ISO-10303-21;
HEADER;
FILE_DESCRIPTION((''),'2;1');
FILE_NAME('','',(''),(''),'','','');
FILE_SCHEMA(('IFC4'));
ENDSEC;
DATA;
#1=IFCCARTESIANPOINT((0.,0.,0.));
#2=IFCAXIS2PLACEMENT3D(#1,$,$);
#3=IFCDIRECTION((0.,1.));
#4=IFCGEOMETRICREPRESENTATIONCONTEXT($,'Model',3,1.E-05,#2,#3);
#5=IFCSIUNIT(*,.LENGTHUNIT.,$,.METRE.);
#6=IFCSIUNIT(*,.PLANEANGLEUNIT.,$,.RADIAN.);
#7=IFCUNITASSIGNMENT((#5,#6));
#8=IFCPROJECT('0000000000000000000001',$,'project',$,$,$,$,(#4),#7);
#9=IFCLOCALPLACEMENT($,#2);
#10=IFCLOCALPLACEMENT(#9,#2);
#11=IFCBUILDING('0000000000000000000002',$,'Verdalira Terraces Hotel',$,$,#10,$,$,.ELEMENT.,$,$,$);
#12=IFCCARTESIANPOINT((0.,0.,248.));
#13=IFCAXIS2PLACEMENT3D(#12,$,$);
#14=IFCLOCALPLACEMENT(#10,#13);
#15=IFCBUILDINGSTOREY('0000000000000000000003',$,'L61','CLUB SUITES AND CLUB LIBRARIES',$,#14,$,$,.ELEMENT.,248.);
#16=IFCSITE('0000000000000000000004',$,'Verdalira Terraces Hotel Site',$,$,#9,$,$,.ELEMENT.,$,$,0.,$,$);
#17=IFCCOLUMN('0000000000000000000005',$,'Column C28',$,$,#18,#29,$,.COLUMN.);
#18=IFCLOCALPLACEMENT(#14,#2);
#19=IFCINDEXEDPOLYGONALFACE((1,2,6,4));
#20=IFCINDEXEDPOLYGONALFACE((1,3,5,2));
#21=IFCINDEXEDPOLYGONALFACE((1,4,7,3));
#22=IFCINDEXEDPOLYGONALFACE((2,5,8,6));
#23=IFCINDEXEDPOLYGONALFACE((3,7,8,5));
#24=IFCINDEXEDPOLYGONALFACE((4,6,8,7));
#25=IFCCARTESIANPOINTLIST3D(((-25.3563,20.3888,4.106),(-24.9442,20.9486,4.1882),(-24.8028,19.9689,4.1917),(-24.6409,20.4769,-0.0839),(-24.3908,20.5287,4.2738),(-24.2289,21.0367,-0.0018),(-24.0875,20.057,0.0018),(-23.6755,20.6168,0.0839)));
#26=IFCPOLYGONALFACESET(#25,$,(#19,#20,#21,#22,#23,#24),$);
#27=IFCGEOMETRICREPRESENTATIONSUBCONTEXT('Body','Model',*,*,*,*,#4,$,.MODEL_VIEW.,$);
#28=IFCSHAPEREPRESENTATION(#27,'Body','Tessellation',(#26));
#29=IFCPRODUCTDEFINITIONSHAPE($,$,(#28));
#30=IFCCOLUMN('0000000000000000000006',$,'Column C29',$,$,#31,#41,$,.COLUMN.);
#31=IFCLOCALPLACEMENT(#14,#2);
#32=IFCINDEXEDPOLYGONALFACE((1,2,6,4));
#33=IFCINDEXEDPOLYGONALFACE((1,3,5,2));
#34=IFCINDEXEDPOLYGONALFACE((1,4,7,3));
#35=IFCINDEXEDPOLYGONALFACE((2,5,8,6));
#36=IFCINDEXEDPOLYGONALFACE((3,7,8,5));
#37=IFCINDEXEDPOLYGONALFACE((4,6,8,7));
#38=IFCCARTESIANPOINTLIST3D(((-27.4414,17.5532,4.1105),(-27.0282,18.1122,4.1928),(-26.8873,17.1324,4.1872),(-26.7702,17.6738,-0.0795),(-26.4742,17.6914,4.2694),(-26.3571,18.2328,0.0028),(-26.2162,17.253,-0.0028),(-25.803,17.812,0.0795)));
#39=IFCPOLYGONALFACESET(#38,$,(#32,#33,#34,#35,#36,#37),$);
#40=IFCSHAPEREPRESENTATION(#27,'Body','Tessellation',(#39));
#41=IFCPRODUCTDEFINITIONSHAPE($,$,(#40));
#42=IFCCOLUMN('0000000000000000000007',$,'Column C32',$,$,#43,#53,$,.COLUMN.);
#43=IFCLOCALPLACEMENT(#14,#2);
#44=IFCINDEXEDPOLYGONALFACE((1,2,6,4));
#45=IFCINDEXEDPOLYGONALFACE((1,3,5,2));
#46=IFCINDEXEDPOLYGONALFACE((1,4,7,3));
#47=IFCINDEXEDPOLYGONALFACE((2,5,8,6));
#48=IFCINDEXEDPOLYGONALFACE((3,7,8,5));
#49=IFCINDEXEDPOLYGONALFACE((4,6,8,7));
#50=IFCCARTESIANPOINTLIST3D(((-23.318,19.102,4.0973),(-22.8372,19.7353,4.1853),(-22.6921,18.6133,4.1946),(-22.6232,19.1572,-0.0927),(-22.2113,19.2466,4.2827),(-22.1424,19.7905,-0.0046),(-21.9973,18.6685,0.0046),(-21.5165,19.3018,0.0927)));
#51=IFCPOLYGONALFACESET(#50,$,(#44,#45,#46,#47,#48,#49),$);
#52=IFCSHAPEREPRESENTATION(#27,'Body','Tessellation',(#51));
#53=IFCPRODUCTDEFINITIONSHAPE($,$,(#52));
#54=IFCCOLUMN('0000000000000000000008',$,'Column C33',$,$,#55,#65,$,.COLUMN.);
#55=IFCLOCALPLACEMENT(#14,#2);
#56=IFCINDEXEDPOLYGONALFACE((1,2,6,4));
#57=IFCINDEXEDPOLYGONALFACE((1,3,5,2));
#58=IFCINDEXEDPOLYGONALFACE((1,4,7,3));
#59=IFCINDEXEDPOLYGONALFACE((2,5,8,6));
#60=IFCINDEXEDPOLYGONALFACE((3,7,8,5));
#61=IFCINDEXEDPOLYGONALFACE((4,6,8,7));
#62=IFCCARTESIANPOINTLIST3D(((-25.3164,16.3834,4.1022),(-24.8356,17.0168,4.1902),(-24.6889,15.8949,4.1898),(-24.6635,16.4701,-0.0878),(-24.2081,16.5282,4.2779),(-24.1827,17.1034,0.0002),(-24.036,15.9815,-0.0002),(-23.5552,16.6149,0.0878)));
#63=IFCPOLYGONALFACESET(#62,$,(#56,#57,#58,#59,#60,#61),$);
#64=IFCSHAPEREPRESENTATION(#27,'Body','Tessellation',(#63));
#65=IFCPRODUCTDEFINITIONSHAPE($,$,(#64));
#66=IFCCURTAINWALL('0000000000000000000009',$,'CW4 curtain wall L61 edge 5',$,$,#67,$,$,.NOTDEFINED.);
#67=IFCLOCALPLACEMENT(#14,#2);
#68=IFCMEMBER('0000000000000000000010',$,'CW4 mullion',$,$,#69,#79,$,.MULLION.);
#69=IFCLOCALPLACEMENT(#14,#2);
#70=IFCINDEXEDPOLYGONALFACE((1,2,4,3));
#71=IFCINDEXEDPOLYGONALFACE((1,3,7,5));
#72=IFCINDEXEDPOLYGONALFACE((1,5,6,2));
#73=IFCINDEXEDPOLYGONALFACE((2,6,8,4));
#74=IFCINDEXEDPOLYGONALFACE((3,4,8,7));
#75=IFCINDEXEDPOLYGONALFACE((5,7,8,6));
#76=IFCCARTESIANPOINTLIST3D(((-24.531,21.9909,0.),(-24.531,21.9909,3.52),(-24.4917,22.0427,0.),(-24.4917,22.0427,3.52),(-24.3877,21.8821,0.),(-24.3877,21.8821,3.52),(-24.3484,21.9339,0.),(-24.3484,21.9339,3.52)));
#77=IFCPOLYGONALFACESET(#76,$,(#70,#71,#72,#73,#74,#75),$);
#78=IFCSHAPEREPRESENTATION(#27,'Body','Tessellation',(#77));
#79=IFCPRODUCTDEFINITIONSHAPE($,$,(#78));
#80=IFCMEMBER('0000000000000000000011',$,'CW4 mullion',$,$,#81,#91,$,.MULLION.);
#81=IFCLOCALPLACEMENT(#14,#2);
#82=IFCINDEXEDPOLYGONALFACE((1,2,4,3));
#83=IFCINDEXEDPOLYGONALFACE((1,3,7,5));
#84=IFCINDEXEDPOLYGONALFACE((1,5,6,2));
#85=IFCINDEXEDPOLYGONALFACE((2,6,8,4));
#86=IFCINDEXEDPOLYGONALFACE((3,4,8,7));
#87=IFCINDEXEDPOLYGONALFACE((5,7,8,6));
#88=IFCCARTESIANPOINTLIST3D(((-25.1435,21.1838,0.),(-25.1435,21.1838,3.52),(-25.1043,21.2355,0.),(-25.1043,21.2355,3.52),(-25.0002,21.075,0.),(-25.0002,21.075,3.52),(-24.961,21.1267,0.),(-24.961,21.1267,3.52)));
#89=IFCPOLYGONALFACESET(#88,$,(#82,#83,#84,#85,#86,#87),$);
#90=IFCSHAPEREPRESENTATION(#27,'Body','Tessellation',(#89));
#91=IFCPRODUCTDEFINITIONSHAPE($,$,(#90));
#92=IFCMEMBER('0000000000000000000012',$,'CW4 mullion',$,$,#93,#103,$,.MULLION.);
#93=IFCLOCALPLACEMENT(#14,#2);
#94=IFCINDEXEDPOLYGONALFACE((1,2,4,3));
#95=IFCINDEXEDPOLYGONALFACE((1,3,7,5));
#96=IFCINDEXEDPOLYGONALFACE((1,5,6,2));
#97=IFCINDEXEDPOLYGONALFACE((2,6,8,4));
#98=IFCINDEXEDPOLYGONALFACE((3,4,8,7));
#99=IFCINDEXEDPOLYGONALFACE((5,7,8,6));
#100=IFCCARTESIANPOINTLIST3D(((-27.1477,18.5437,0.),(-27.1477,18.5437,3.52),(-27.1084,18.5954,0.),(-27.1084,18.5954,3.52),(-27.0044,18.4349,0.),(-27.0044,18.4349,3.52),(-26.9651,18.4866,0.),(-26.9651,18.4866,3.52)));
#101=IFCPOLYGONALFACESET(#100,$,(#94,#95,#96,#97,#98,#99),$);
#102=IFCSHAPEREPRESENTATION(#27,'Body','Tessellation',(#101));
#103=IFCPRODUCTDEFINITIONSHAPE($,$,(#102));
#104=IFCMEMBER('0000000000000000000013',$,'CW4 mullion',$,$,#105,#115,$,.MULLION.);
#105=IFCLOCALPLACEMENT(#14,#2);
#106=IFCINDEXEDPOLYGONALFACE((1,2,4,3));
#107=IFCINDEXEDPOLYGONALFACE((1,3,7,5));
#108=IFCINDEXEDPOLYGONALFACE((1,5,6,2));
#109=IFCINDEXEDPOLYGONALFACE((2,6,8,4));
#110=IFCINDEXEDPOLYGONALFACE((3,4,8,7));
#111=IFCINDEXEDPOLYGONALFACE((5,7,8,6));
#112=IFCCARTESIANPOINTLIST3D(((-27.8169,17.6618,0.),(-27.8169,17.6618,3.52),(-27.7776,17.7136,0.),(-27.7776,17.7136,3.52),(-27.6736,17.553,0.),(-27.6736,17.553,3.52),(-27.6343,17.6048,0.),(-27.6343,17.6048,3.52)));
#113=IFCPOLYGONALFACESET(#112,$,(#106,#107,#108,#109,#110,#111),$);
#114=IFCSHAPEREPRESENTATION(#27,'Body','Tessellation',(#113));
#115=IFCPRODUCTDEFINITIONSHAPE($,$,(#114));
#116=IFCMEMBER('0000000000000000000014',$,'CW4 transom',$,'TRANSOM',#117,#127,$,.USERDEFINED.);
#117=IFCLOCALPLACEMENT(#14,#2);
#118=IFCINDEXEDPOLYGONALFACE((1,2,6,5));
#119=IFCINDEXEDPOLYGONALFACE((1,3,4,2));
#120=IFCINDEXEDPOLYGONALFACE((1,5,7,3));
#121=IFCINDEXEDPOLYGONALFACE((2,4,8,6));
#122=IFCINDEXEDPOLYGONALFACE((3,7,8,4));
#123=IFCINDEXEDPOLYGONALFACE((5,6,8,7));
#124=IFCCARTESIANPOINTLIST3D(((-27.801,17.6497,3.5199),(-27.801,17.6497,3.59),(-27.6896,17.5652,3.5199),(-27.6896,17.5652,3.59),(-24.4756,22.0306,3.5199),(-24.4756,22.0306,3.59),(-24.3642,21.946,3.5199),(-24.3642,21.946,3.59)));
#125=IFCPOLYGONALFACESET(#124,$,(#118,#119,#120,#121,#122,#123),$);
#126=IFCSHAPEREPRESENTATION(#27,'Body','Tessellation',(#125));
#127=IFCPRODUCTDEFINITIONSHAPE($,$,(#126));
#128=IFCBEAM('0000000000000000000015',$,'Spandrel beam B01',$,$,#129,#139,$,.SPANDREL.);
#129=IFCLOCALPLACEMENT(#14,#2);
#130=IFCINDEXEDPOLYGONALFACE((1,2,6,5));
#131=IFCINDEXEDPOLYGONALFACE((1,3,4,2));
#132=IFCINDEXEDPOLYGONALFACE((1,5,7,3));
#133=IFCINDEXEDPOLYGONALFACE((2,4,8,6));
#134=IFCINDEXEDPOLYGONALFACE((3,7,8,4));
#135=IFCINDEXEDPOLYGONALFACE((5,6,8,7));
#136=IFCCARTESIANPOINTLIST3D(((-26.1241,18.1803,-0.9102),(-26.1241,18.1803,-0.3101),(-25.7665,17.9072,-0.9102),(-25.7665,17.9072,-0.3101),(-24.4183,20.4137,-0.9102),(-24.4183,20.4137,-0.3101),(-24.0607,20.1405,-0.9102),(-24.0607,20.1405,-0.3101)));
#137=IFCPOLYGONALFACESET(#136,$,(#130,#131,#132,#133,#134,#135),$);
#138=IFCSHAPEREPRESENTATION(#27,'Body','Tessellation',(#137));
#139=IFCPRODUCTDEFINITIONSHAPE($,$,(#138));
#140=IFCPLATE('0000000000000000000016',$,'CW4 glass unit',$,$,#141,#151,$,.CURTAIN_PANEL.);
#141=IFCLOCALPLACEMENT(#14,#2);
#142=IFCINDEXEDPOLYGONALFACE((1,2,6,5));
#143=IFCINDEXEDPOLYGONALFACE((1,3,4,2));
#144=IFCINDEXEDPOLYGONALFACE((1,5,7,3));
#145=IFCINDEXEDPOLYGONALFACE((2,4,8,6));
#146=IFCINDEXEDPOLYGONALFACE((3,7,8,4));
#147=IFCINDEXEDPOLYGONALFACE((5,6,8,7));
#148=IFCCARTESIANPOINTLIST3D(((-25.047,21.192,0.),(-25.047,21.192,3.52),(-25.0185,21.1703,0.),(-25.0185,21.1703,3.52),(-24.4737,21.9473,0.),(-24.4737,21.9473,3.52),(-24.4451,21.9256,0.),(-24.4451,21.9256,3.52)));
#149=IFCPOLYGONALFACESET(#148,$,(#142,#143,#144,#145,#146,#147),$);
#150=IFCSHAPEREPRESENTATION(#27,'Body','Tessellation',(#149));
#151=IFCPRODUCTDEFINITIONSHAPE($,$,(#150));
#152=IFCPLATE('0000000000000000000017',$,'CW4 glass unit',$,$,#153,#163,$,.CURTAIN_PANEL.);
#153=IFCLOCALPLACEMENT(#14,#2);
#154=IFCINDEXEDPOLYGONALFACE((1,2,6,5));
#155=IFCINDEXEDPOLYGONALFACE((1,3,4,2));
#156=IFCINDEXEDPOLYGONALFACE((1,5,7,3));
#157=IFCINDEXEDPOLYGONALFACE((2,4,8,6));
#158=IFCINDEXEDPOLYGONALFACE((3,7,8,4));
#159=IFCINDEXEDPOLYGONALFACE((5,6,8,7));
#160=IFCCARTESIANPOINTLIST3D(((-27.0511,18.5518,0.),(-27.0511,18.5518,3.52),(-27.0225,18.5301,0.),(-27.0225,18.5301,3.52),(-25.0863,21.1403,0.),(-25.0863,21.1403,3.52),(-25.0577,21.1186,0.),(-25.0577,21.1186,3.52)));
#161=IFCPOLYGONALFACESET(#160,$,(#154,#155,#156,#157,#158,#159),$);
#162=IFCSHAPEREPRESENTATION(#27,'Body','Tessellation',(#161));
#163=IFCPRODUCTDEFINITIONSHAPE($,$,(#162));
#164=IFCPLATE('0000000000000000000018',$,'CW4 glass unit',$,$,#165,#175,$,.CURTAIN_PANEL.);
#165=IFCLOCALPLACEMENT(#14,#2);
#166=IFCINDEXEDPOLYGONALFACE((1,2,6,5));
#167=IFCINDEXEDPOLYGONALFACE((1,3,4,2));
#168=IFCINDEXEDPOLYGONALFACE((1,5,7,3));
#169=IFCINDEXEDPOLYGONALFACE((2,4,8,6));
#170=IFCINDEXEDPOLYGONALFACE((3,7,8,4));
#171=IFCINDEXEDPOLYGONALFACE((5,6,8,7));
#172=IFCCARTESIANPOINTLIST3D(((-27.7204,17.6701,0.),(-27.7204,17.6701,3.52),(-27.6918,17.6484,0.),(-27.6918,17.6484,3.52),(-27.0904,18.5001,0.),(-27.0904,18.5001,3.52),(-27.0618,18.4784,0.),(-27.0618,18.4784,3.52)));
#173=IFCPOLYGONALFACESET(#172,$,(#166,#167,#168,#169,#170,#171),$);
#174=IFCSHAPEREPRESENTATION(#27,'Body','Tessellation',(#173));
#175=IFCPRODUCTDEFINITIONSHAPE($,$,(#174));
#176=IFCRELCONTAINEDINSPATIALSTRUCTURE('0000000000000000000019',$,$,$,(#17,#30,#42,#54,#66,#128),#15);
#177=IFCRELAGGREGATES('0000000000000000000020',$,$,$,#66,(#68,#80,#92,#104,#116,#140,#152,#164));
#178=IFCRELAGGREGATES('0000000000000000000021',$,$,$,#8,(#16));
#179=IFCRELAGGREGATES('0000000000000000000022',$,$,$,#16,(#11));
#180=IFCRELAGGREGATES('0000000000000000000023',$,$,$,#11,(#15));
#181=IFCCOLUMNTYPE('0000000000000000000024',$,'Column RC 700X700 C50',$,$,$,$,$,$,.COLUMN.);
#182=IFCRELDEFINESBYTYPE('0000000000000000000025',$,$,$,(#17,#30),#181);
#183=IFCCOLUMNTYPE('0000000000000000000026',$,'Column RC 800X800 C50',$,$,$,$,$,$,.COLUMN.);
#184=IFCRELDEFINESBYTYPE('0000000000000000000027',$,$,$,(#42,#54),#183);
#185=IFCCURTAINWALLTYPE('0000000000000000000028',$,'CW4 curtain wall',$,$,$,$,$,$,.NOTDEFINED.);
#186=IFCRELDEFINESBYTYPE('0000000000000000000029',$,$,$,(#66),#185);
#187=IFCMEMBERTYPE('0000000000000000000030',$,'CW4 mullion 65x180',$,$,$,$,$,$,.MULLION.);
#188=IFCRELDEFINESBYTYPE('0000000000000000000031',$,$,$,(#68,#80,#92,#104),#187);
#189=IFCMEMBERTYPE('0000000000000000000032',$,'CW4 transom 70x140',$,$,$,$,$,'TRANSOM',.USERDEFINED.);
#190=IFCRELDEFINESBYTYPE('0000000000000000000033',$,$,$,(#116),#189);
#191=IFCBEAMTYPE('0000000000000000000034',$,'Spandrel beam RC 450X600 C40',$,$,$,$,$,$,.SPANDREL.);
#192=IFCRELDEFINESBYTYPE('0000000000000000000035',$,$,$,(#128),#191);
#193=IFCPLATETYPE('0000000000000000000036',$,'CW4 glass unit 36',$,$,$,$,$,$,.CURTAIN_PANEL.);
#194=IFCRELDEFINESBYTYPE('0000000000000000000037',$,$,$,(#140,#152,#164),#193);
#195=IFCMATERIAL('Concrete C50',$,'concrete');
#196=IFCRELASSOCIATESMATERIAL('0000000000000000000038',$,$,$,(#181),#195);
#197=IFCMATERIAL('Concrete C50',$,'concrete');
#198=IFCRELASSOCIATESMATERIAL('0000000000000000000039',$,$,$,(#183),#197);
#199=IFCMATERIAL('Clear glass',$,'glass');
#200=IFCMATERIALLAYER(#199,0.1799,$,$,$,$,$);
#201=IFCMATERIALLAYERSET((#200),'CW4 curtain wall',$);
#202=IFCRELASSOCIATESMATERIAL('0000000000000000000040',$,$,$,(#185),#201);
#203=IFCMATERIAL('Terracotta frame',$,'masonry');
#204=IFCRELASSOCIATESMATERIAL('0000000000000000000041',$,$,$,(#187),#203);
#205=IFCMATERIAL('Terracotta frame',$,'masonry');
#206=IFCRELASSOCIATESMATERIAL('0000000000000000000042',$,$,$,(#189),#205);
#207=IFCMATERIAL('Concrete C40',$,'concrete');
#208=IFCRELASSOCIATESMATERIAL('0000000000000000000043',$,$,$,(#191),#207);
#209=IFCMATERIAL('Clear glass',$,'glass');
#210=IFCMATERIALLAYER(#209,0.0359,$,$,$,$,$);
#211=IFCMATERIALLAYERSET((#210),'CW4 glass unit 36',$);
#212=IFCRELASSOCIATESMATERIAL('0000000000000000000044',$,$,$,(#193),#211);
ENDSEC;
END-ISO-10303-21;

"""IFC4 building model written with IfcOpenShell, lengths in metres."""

from ifc_helpers import new_model, si_unit, direction, frame, origin, origin_2d, place, context, subcontext, project, spatial, rectangle, extrude, material, layer, layer_set, material_profile, profile_set, type_object, element, aggregate, save


model = new_model("IFC4")

# Units and contexts
model_context = context("Model", 3, precision=1e-05, world=origin(), true_north=direction((0.0, 1.0)))
body_context = subcontext(model_context, "Body", "Model", "MODEL_VIEW")
ifc_project = project(units=[si_unit("LENGTHUNIT", "METRE"), si_unit("PLANEANGLEUNIT", "RADIAN")], contexts=[model_context])

# Site, building, storey
site_placement = place(None, origin())
site = spatial("IfcSite", under=ifc_project, at=site_placement, Name="Verdalira Terraces Hotel Site", CompositionType="ELEMENT", RefElevation=0.0)
building_placement = place(site_placement, origin())
building = spatial("IfcBuilding", under=site, at=building_placement, Name="Verdalira Terraces Hotel", CompositionType="ELEMENT")
storey_placement = place(building_placement, frame((0.0, 0.0, 248.0)))
storey = spatial("IfcBuildingStorey", under=building, at=storey_placement, Name="L61", Description="CLUB SUITES AND CLUB LIBRARIES", CompositionType="ELEMENT", Elevation=248.0)

# Columns
ifc_material_1 = material(Name="Concrete C50", Category="concrete")
ifc_material_profile_1 = material_profile(ifc_material_1, rectangle(XDim=0.7, YDim=0.7, at=origin_2d()), Name="RC 700X700")
ifc_profile_set_1 = profile_set([ifc_material_profile_1], Name="Concrete C50")
column_type_1 = type_object("IfcColumnType", Name="Column RC 700X700 C50", PredefinedType="COLUMN", material=ifc_profile_set_1)
column_1_placement = place(storey_placement, frame((-24.1582, 20.5469, 0.0), z_axis=(-0.168255, -0.02073, 0.985526), x_axis=(-0.588684, -0.799803, -0.117327)))
element("IfcColumn", 1, at=column_1_placement, inside=storey, type_object=column_type_1, Name="Column C28", PredefinedType="COLUMN", context=body_context, shape_type="SweptSolid", body=[
    extrude(rectangle(XDim=0.7, YDim=0.7, at=origin_2d()), origin(), (0.0, 0.0, 1.0), 4.2515),
])
column_2_placement = place(storey_placement, frame((-26.2866, 17.7429, 0.0), z_axis=(-0.158099, -0.028411, 0.987014), x_axis=(-0.590272, -0.798601, -0.117537)))
element("IfcColumn", 2, at=column_2_placement, inside=storey, type_object=column_type_1, Name="Column C29", PredefinedType="COLUMN", context=body_context, shape_type="SweptSolid", body=[
    extrude(rectangle(XDim=0.7, YDim=0.7, at=origin_2d()), origin(), (0.0, 0.0, 1.0), 4.2451),
])
ifc_material_2 = material(Name="Concrete C50", Category="concrete")
ifc_material_profile_2 = material_profile(ifc_material_2, rectangle(XDim=0.8, YDim=0.8, at=origin_2d()), Name="RC 800X800")
ifc_profile_set_2 = profile_set([ifc_material_profile_2], Name="Concrete C50")
column_type_2 = type_object("IfcColumnType", Name="Column RC 800X800 C50", PredefinedType="COLUMN", material=ifc_profile_set_2)
column_3_placement = place(storey_placement, frame((-22.0698, 19.2295, 0.0), z_axis=(-0.163583, -0.01299, 0.986444), x_axis=(-0.782352, 0.610832, -0.121695)))
element("IfcColumn", 3, at=column_3_placement, inside=storey, type_object=column_type_2, Name="Column C32", PredefinedType="COLUMN", context=body_context, shape_type="SweptSolid", body=[
    extrude(rectangle(XDim=0.8, YDim=0.8, at=origin_2d()), origin(), (0.0, 0.0, 1.0), 4.2476),
])
column_4_placement = place(storey_placement, frame((-24.1094, 16.5425, 0.0), z_axis=(-0.15392, -0.020434, 0.987872), x_axis=(-0.784314, 0.610611, -0.109573)))
element("IfcColumn", 4, at=column_4_placement, inside=storey, type_object=column_type_2, Name="Column C33", PredefinedType="COLUMN", context=body_context, shape_type="SweptSolid", body=[
    extrude(rectangle(XDim=0.8, YDim=0.8, at=origin_2d()), origin(), (0.0, 0.0, 1.0), 4.2415),
])

# Curtain wall, members
ifc_material_3 = material(Name="Clear glass", Category="glass")
ifc_layer_1 = layer(ifc_material_3, 0.1799)
ifc_layer_set_1 = layer_set([ifc_layer_1], Name="CW4 curtain wall")
curtain_wall_type = type_object("IfcCurtainWallType", Name="CW4 curtain wall", PredefinedType="NOTDEFINED", material=ifc_layer_set_1)
curtain_wall_placement = place(storey_placement, origin())
curtain_wall = element("IfcCurtainWall", 5, at=curtain_wall_placement, inside=storey, type_object=curtain_wall_type, Name="CW4 curtain wall L61 edge 5", PredefinedType="NOTDEFINED")
ifc_material_4 = material(Name="Terracotta frame", Category="masonry")
ifc_material_profile_3 = material_profile(ifc_material_4, rectangle(XDim=0.0649, YDim=0.1799, at=origin_2d()), Name="MU 65x180")
ifc_profile_set_3 = profile_set([ifc_material_profile_3], Name="Terracotta frame")
member_type_1 = type_object("IfcMemberType", Name="CW4 mullion 65x180", PredefinedType="MULLION", material=ifc_profile_set_3)
member_1_placement = place(storey_placement, frame((-24.4397, 21.9624, 0.0), z_axis=(0.0, 0.0, 1.0), x_axis=(-0.604599, -0.79653, 0.0)))
member_1 = element("IfcMember", 6, at=member_1_placement, type_object=member_type_1, Name="CW4 mullion", PredefinedType="MULLION", context=body_context, shape_type="SweptSolid", body=[
    extrude(rectangle(XDim=0.0649, YDim=0.1799, at=origin_2d()), origin(), (0.0, 0.0, 1.0), 3.52),
])
member_2_placement = place(storey_placement, frame((-25.0522, 21.1553, 0.0), z_axis=(0.0, 0.0, 1.0), x_axis=(-0.604599, -0.79653, 0.0)))
member_2 = element("IfcMember", 7, at=member_2_placement, type_object=member_type_1, Name="CW4 mullion", PredefinedType="MULLION", context=body_context, shape_type="SweptSolid", body=[
    extrude(rectangle(XDim=0.0649, YDim=0.1799, at=origin_2d()), origin(), (0.0, 0.0, 1.0), 3.52),
])
member_3_placement = place(storey_placement, frame((-27.0564, 18.5151, 0.0), z_axis=(0.0, 0.0, 1.0), x_axis=(-0.604599, -0.79653, 0.0)))
member_3 = element("IfcMember", 8, at=member_3_placement, type_object=member_type_1, Name="CW4 mullion", PredefinedType="MULLION", context=body_context, shape_type="SweptSolid", body=[
    extrude(rectangle(XDim=0.0649, YDim=0.1799, at=origin_2d()), origin(), (0.0, 0.0, 1.0), 3.52),
])
member_4_placement = place(storey_placement, frame((-27.7256, 17.6333, 0.0), z_axis=(0.0, 0.0, 1.0), x_axis=(-0.604599, -0.79653, 0.0)))
member_4 = element("IfcMember", 9, at=member_4_placement, type_object=member_type_1, Name="CW4 mullion", PredefinedType="MULLION", context=body_context, shape_type="SweptSolid", body=[
    extrude(rectangle(XDim=0.0649, YDim=0.1799, at=origin_2d()), origin(), (0.0, 0.0, 1.0), 3.52),
])
ifc_material_5 = material(Name="Terracotta frame", Category="masonry")
ifc_material_profile_4 = material_profile(ifc_material_5, rectangle(XDim=0.1399, YDim=0.0701, at=origin_2d()), Name="TR 70x140")
ifc_profile_set_4 = profile_set([ifc_material_profile_4], Name="Terracotta frame")
member_type_2 = type_object("IfcMemberType", Name="CW4 transom 70x140", ElementType="TRANSOM", PredefinedType="USERDEFINED", material=ifc_profile_set_4)
member_5_placement = place(storey_placement, frame((-24.4199, 21.9883, 3.5549), z_axis=(-0.604621, -0.796514, 0.0), x_axis=(0.796514, -0.604621, 0.0)))
member_5 = element("IfcMember", 10, at=member_5_placement, type_object=member_type_2, Name="CW4 transom", ObjectType="TRANSOM", PredefinedType="USERDEFINED", context=body_context, shape_type="SweptSolid", body=[
    extrude(rectangle(XDim=0.1399, YDim=0.0701, at=origin_2d()), origin(), (0.0, 0.0, 1.0), 5.5),
])

# Beam
ifc_material_6 = material(Name="Concrete C40", Category="concrete")
ifc_material_profile_5 = material_profile(ifc_material_6, rectangle(XDim=0.45, YDim=0.6001, at=origin_2d()), Name="RC 450X600")
ifc_profile_set_5 = profile_set([ifc_material_profile_5], Name="Concrete C40")
beam_type = type_object("IfcBeamType", Name="Spandrel beam RC 450X600 C40", PredefinedType="SPANDREL", material=ifc_profile_set_5)
beam_placement = place(storey_placement, frame((-24.2395, 20.2771, -0.6101), z_axis=(-0.606982, -0.794715, 0.0), x_axis=(0.794715, -0.606982, 0.0)))
element("IfcBeam", 11, at=beam_placement, inside=storey, type_object=beam_type, Name="Spandrel beam B01", PredefinedType="SPANDREL", context=body_context, shape_type="SweptSolid", body=[
    extrude(rectangle(XDim=0.45, YDim=0.6001, at=origin_2d()), origin(), (0.0, 0.0, 1.0), 2.8103),
])

# Plates
ifc_material_7 = material(Name="Clear glass", Category="glass")
ifc_layer_2 = layer(ifc_material_7, 0.0359)
ifc_layer_set_2 = layer_set([ifc_layer_2], Name="CW4 glass unit 36")
plate_type = type_object("IfcPlateType", Name="CW4 glass unit 36", PredefinedType="CURTAIN_PANEL", material=ifc_layer_set_2)
plate_1_placement = place(storey_placement, frame((-24.7461, 21.5588, 0.0), z_axis=(0.0, 0.0, 1.0), x_axis=(-0.604599, -0.79653, 0.0)))
plate_1 = element("IfcPlate", 12, at=plate_1_placement, type_object=plate_type, Name="CW4 glass unit", PredefinedType="CURTAIN_PANEL", context=body_context, shape_type="SweptSolid", body=[
    extrude(rectangle(XDim=0.9482, YDim=0.0359, at=origin_2d()), origin(), (0.0, 0.0, 1.0), 3.52),
])
plate_2_placement = place(storey_placement, frame((-26.0544, 19.8352, 0.0), z_axis=(0.0, 0.0, 1.0), x_axis=(-0.604599, -0.79653, 0.0)))
plate_2 = element("IfcPlate", 13, at=plate_2_placement, type_object=plate_type, Name="CW4 glass unit", PredefinedType="CURTAIN_PANEL", context=body_context, shape_type="SweptSolid", body=[
    extrude(rectangle(XDim=3.2498, YDim=0.0359, at=origin_2d()), origin(), (0.0, 0.0, 1.0), 3.52),
])
plate_3_placement = place(storey_placement, frame((-27.3911, 18.0742, 0.0), z_axis=(0.0, 0.0, 1.0), x_axis=(-0.604599, -0.79653, 0.0)))
plate_3 = element("IfcPlate", 14, at=plate_3_placement, type_object=plate_type, Name="CW4 glass unit", PredefinedType="CURTAIN_PANEL", context=body_context, shape_type="SweptSolid", body=[
    extrude(rectangle(XDim=1.042, YDim=0.0359, at=origin_2d()), origin(), (0.0, 0.0, 1.0), 3.52),
])
aggregate(curtain_wall, [member_1, member_2, member_3, member_4, member_5, plate_1, plate_2, plate_3])

save(model, "model.ifc")
